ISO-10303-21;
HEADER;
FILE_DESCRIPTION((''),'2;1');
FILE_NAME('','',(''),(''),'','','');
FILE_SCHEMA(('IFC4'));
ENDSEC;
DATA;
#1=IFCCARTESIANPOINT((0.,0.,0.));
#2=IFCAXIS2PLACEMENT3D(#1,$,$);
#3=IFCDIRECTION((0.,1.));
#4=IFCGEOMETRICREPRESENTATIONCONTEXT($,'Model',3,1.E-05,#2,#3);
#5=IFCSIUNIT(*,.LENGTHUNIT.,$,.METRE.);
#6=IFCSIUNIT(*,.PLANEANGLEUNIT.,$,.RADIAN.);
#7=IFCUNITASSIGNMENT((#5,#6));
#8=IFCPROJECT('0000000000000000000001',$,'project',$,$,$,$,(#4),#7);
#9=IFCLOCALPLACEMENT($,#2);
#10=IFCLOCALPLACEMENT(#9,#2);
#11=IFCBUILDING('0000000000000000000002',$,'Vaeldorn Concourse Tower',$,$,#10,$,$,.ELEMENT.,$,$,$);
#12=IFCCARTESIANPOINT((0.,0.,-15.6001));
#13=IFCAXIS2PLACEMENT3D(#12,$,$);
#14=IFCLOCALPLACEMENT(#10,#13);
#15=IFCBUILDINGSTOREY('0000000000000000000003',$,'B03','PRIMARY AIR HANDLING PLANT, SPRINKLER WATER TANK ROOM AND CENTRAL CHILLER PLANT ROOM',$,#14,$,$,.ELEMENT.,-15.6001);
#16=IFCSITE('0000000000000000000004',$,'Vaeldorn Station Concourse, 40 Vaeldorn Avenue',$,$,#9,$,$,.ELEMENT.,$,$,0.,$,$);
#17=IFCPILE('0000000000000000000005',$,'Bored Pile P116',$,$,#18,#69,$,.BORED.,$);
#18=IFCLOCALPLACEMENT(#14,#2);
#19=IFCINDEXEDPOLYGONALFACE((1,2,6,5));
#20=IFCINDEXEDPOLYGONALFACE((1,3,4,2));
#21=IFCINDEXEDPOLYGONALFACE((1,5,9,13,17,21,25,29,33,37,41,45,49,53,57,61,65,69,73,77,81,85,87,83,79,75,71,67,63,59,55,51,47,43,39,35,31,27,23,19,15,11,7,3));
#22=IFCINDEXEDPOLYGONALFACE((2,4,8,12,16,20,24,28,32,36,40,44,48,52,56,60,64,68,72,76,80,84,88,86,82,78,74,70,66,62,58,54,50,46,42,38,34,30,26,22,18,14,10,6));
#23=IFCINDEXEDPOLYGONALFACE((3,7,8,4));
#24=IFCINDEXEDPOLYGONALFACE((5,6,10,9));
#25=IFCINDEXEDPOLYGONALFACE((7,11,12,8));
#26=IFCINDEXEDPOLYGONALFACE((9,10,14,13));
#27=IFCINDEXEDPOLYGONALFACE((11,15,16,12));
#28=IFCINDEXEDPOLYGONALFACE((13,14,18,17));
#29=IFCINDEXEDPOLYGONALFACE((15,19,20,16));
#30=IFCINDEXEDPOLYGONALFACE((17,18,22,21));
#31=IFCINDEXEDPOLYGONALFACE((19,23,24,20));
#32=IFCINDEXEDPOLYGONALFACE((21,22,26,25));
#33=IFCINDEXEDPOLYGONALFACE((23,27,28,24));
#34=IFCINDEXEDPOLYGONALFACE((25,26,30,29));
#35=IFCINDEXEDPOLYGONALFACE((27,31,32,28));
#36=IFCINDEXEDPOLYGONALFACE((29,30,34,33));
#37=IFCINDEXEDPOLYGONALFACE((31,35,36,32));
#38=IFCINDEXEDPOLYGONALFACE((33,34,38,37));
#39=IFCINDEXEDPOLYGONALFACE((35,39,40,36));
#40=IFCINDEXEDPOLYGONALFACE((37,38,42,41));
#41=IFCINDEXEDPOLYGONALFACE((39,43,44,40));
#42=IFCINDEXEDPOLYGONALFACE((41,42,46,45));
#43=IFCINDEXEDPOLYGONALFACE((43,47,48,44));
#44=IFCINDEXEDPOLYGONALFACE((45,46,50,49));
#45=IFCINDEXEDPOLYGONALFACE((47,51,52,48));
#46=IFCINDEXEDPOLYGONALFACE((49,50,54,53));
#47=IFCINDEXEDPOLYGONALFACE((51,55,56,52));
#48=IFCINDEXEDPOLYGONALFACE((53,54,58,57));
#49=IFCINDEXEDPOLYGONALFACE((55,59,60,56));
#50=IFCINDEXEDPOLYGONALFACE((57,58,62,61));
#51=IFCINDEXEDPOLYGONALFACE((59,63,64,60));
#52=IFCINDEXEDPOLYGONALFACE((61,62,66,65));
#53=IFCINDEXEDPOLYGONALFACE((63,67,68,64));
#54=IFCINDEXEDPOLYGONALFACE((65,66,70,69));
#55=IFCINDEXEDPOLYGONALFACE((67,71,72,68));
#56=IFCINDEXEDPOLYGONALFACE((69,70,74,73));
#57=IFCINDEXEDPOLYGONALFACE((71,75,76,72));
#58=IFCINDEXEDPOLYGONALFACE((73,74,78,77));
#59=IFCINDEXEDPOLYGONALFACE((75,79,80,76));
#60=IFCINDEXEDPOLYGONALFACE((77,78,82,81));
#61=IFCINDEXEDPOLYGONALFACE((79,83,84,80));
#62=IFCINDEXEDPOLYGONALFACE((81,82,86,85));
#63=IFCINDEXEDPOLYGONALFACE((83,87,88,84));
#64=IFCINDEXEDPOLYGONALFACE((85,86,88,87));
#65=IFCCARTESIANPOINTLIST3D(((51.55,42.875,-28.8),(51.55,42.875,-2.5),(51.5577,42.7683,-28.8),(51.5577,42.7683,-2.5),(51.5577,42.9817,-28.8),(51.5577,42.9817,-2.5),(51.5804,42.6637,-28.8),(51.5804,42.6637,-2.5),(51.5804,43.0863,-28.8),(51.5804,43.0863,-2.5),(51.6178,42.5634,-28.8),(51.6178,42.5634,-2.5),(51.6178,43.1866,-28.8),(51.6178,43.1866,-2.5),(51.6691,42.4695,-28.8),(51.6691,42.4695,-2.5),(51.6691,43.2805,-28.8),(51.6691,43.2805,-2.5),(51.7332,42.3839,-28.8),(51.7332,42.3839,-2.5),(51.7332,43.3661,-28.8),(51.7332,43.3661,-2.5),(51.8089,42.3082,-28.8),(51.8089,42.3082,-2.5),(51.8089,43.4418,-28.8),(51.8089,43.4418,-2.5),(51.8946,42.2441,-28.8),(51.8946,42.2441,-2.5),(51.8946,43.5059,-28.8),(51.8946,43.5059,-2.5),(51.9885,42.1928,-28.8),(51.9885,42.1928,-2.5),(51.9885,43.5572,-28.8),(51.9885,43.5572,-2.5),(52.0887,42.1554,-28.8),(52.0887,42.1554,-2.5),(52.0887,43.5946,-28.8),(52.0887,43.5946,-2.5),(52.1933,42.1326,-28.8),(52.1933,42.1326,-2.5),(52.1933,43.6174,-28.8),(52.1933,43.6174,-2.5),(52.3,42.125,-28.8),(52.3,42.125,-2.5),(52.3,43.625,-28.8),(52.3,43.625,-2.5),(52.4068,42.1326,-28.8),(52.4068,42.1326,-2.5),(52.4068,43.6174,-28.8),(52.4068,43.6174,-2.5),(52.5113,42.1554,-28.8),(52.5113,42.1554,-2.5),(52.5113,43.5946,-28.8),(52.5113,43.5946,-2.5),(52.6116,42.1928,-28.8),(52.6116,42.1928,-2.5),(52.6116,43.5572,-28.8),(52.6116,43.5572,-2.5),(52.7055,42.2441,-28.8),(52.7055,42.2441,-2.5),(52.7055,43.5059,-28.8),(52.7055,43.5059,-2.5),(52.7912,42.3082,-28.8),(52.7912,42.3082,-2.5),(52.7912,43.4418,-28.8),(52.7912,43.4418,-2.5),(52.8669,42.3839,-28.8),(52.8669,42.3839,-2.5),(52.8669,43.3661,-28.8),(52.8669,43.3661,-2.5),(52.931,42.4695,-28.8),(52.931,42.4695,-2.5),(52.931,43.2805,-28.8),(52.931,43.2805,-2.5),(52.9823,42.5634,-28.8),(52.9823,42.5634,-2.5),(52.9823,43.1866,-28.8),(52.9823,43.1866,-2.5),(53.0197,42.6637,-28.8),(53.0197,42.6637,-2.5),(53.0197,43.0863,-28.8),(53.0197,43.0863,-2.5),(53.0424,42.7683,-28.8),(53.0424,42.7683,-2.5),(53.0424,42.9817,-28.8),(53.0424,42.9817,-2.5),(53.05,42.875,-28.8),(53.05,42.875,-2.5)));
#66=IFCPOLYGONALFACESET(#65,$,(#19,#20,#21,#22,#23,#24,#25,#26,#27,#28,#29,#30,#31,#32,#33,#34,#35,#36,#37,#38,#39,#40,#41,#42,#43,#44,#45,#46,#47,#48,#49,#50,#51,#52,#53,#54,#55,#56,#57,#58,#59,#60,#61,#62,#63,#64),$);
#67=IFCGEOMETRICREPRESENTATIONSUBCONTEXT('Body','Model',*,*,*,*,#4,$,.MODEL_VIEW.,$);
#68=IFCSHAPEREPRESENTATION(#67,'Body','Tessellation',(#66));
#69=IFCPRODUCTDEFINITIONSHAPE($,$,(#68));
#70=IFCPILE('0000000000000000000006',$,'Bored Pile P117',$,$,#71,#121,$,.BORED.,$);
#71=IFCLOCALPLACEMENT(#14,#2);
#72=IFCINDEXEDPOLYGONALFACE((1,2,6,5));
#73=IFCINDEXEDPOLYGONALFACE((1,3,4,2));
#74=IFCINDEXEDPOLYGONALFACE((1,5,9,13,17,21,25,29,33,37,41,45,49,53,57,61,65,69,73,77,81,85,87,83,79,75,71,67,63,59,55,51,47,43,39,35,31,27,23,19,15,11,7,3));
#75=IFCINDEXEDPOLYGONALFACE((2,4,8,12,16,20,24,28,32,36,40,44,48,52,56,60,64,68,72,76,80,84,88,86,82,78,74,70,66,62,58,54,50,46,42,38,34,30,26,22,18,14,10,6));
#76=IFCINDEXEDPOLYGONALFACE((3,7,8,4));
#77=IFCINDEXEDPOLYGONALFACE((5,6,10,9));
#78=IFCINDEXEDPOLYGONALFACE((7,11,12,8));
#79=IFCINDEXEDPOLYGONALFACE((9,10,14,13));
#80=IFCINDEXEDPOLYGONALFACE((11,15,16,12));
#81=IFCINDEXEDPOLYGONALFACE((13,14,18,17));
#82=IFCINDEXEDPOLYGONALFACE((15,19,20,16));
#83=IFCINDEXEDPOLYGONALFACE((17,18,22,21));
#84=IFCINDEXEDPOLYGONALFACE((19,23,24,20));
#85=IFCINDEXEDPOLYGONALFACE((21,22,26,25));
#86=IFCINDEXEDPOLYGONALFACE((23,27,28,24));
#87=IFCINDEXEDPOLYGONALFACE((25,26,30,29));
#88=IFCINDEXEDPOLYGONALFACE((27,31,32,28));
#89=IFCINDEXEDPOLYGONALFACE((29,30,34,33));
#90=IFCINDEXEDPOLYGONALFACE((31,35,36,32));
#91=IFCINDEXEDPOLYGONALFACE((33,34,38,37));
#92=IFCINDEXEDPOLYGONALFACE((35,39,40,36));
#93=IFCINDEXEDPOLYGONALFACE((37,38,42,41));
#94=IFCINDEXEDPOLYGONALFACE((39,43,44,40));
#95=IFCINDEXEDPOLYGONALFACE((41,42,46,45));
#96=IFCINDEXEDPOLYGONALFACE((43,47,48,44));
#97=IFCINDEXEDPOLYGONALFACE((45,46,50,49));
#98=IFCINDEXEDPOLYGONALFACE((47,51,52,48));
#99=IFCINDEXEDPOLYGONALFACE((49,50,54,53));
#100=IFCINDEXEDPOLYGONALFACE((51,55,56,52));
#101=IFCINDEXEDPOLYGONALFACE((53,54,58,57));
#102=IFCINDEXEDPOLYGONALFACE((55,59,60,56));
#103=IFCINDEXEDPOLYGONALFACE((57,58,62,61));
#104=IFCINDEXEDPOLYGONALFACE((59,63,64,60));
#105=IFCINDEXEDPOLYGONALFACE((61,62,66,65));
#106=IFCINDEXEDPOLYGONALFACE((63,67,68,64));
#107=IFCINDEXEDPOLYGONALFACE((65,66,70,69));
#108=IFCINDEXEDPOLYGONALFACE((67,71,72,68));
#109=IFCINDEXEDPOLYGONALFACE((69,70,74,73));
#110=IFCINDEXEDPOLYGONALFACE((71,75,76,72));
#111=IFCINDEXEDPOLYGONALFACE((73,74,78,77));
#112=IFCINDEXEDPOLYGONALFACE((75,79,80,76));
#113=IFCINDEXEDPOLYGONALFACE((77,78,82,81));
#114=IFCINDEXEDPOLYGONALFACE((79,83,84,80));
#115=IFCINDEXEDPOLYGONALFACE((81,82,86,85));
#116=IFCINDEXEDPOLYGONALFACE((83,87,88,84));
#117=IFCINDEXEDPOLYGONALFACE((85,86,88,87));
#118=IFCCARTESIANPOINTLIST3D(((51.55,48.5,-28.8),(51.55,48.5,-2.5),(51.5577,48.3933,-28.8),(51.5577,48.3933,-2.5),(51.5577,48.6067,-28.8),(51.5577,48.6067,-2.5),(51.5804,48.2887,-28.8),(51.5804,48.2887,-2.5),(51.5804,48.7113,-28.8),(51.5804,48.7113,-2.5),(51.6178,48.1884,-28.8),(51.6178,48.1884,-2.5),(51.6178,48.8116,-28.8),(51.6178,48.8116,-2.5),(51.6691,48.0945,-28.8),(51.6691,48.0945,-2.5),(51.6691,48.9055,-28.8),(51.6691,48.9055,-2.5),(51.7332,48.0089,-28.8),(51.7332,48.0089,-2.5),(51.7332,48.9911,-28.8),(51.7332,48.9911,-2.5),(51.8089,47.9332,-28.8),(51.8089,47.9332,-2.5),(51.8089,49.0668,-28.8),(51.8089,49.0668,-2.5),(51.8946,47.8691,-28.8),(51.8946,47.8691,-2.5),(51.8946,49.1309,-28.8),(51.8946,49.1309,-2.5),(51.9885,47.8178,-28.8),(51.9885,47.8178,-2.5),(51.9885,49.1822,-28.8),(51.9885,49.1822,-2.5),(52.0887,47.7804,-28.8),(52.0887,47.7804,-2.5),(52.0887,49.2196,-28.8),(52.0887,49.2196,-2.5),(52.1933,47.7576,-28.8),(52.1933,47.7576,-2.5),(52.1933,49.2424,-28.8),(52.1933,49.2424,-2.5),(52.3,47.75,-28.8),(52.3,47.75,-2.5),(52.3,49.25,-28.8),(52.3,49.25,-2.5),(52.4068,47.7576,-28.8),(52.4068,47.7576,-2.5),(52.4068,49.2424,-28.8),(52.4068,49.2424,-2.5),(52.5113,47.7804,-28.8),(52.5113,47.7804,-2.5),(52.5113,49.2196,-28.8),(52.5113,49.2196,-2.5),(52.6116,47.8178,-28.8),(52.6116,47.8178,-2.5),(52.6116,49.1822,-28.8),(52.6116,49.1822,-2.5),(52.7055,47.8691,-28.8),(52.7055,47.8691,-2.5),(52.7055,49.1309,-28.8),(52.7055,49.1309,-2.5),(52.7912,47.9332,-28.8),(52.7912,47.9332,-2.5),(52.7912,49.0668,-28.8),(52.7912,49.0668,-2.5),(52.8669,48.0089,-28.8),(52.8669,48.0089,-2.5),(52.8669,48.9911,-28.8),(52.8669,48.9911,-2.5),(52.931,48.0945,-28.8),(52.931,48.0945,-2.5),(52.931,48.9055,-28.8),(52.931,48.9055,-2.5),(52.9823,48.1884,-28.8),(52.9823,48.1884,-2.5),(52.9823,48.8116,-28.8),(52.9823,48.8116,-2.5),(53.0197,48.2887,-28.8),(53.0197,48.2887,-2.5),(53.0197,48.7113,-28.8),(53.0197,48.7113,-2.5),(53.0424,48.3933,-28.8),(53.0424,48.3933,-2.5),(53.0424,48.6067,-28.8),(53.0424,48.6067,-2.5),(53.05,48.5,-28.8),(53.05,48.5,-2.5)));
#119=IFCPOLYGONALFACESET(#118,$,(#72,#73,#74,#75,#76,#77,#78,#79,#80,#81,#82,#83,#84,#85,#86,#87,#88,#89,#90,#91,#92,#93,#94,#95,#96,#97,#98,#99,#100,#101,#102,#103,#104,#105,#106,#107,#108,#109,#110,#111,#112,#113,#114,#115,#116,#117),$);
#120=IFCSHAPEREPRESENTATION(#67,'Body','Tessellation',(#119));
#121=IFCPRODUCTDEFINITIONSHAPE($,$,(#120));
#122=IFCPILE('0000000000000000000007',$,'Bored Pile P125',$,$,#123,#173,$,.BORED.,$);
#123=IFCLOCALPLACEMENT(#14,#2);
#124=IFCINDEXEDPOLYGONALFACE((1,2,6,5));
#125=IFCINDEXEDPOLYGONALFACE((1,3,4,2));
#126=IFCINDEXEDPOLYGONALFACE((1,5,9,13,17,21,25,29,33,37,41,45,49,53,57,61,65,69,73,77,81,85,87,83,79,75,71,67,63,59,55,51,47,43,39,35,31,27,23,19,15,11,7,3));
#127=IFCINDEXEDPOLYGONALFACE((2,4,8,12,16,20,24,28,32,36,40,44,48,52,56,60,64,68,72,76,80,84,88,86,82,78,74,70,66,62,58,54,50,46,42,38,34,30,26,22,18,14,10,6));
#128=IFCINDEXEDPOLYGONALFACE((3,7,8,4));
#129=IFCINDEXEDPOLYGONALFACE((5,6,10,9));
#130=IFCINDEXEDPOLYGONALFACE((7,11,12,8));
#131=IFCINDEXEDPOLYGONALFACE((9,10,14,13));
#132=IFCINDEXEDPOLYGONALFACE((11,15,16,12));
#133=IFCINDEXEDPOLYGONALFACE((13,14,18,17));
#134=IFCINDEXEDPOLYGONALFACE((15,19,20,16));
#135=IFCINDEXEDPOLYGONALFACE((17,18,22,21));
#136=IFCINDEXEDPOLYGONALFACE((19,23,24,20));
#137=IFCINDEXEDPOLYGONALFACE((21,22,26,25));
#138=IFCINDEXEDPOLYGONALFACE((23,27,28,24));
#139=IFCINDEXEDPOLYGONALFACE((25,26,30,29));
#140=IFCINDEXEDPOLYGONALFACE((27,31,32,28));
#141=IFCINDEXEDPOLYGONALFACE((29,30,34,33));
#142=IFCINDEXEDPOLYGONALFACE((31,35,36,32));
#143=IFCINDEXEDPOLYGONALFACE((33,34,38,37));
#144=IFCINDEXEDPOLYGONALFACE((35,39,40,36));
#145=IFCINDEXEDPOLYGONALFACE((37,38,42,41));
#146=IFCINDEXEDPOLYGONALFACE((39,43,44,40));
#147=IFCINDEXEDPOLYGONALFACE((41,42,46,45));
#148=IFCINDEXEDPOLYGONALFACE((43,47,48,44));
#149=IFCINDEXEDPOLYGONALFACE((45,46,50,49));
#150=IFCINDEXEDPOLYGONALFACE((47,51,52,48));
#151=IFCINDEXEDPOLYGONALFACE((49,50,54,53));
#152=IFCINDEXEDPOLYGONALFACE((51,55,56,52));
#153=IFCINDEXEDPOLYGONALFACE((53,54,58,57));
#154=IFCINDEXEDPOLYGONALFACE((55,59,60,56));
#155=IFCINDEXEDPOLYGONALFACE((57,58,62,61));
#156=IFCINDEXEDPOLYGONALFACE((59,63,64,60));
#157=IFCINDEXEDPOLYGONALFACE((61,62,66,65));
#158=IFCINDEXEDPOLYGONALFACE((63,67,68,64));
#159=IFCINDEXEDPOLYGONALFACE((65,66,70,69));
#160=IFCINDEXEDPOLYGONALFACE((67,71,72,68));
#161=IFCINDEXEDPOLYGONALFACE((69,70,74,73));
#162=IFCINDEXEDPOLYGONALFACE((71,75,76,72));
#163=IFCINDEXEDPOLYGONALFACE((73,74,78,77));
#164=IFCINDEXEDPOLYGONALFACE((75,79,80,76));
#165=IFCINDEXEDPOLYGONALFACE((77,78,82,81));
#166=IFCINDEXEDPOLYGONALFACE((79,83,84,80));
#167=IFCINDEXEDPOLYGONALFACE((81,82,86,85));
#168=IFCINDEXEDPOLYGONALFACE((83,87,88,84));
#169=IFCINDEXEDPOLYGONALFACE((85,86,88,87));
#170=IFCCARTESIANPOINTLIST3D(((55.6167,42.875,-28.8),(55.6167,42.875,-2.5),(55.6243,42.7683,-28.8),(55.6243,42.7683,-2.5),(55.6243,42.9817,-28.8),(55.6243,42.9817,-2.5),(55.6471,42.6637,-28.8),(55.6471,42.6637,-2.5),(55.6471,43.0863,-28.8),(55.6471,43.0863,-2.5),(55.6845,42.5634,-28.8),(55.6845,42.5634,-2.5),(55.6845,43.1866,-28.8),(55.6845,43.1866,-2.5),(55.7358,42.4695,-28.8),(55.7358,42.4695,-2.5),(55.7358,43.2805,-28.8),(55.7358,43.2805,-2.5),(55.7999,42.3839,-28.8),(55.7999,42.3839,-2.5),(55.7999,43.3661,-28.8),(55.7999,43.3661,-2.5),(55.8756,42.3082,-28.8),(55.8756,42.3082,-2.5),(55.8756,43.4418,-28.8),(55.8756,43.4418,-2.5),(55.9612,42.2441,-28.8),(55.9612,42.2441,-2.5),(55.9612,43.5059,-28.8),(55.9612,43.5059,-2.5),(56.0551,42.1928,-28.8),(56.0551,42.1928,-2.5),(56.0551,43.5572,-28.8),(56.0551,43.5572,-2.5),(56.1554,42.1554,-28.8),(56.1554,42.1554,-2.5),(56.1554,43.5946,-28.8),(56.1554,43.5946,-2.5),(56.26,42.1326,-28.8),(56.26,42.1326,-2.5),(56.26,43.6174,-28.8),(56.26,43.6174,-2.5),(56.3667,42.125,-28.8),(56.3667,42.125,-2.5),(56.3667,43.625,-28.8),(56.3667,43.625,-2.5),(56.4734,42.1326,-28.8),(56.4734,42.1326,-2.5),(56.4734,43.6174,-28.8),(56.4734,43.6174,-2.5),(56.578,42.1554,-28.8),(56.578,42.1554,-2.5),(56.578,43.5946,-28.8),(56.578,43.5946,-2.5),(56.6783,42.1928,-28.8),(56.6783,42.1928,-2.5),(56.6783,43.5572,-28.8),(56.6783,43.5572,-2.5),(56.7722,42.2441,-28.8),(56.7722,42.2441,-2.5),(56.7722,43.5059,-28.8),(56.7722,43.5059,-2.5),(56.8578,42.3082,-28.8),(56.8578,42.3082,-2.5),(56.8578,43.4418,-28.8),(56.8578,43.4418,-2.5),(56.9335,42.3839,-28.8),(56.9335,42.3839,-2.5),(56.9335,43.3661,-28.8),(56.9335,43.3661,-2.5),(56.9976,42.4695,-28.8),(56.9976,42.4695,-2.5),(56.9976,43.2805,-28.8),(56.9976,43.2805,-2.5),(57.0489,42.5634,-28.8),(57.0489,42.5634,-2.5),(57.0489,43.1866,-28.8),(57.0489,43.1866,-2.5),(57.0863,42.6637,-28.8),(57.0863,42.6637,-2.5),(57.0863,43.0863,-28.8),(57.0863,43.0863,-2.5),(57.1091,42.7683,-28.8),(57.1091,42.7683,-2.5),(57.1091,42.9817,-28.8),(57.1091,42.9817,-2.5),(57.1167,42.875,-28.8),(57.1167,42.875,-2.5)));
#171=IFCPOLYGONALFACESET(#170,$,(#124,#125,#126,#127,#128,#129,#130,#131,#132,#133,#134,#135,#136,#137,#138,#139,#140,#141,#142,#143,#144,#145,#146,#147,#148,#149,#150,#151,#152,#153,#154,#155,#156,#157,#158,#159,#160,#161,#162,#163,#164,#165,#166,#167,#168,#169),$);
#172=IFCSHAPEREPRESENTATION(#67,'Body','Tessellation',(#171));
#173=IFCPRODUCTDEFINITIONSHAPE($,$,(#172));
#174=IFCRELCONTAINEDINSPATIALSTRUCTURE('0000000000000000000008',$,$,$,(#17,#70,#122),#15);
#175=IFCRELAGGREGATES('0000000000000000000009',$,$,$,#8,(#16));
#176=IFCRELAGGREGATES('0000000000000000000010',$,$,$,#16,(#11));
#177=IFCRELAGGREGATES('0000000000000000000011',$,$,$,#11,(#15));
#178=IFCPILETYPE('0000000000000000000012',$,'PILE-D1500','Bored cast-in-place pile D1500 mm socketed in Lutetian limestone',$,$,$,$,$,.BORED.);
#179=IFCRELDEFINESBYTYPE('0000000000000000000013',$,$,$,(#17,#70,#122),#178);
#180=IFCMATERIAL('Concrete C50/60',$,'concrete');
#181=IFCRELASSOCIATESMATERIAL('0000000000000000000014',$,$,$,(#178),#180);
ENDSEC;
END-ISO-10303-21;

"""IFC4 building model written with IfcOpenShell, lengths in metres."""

from ifc_helpers import new_model, si_unit, direction, frame, origin, origin_2d, place, context, subcontext, project, spatial, circle, extrude, material, material_profile, profile_set, type_object, element, save


model = new_model("IFC4")

# Units and contexts
model_context = context("Model", 3, precision=1e-05, world=origin(), true_north=direction((0.0, 1.0)))
body_context = subcontext(model_context, "Body", "Model", "MODEL_VIEW")
ifc_project = project(units=[si_unit("LENGTHUNIT", "METRE"), si_unit("PLANEANGLEUNIT", "RADIAN")], contexts=[model_context])

# Site, building, storey
site_placement = place(None, origin())
site = spatial("IfcSite", under=ifc_project, at=site_placement, Name="Vaeldorn Station Concourse, 40 Vaeldorn Avenue", CompositionType="ELEMENT", RefElevation=0.0)
building_placement = place(site_placement, origin())
building = spatial("IfcBuilding", under=site, at=building_placement, Name="Vaeldorn Concourse Tower", CompositionType="ELEMENT")
storey_placement = place(building_placement, frame((0.0, 0.0, -15.6001)))
storey = spatial("IfcBuildingStorey", under=building, at=storey_placement, Name="B03", Description="PRIMARY AIR HANDLING PLANT, SPRINKLER WATER TANK ROOM AND CENTRAL CHILLER PLANT ROOM", CompositionType="ELEMENT", Elevation=-15.6001)

# Piles
ifc_material_1 = material(Name="Concrete C50/60", Category="concrete")
ifc_material_profile_1 = material_profile(ifc_material_1, circle(Radius=0.75, at=origin_2d()), Name="BORED PILE D1500")
ifc_profile_set_1 = profile_set([ifc_material_profile_1], Name="Concrete C50/60")
pile_type = type_object("IfcPileType", Name="PILE-D1500", Description="Bored cast-in-place pile D1500 mm socketed in Lutetian limestone", PredefinedType="BORED", material=ifc_profile_set_1)
for number, where, z_axis, x_axis, name in (
    (1, (52.3, 42.875, -2.5), (0.0, 0.0, -1.0), (1.0, 0.0, 0.0), "Bored Pile P116"),
    (2, (52.3, 48.5, -2.5), (0.0, 0.0, -1.0), (1.0, 0.0, 0.0), "Bored Pile P117"),
    (3, (56.3667, 42.875, -2.5), (0.0, 0.0, -1.0), (1.0, 0.0, 0.0), "Bored Pile P125"),
):
    element("IfcPile", number, at=place(storey_placement, frame(where, z_axis=z_axis, x_axis=x_axis)), inside=storey, type_object=pile_type, Name=name, PredefinedType="BORED", context=body_context, shape_type="SweptSolid", body=[
        extrude(circle(Radius=0.75, at=origin_2d()), origin(), (0.0, 0.0, 1.0), 26.3),
    ])

save(model, "model.ifc")
